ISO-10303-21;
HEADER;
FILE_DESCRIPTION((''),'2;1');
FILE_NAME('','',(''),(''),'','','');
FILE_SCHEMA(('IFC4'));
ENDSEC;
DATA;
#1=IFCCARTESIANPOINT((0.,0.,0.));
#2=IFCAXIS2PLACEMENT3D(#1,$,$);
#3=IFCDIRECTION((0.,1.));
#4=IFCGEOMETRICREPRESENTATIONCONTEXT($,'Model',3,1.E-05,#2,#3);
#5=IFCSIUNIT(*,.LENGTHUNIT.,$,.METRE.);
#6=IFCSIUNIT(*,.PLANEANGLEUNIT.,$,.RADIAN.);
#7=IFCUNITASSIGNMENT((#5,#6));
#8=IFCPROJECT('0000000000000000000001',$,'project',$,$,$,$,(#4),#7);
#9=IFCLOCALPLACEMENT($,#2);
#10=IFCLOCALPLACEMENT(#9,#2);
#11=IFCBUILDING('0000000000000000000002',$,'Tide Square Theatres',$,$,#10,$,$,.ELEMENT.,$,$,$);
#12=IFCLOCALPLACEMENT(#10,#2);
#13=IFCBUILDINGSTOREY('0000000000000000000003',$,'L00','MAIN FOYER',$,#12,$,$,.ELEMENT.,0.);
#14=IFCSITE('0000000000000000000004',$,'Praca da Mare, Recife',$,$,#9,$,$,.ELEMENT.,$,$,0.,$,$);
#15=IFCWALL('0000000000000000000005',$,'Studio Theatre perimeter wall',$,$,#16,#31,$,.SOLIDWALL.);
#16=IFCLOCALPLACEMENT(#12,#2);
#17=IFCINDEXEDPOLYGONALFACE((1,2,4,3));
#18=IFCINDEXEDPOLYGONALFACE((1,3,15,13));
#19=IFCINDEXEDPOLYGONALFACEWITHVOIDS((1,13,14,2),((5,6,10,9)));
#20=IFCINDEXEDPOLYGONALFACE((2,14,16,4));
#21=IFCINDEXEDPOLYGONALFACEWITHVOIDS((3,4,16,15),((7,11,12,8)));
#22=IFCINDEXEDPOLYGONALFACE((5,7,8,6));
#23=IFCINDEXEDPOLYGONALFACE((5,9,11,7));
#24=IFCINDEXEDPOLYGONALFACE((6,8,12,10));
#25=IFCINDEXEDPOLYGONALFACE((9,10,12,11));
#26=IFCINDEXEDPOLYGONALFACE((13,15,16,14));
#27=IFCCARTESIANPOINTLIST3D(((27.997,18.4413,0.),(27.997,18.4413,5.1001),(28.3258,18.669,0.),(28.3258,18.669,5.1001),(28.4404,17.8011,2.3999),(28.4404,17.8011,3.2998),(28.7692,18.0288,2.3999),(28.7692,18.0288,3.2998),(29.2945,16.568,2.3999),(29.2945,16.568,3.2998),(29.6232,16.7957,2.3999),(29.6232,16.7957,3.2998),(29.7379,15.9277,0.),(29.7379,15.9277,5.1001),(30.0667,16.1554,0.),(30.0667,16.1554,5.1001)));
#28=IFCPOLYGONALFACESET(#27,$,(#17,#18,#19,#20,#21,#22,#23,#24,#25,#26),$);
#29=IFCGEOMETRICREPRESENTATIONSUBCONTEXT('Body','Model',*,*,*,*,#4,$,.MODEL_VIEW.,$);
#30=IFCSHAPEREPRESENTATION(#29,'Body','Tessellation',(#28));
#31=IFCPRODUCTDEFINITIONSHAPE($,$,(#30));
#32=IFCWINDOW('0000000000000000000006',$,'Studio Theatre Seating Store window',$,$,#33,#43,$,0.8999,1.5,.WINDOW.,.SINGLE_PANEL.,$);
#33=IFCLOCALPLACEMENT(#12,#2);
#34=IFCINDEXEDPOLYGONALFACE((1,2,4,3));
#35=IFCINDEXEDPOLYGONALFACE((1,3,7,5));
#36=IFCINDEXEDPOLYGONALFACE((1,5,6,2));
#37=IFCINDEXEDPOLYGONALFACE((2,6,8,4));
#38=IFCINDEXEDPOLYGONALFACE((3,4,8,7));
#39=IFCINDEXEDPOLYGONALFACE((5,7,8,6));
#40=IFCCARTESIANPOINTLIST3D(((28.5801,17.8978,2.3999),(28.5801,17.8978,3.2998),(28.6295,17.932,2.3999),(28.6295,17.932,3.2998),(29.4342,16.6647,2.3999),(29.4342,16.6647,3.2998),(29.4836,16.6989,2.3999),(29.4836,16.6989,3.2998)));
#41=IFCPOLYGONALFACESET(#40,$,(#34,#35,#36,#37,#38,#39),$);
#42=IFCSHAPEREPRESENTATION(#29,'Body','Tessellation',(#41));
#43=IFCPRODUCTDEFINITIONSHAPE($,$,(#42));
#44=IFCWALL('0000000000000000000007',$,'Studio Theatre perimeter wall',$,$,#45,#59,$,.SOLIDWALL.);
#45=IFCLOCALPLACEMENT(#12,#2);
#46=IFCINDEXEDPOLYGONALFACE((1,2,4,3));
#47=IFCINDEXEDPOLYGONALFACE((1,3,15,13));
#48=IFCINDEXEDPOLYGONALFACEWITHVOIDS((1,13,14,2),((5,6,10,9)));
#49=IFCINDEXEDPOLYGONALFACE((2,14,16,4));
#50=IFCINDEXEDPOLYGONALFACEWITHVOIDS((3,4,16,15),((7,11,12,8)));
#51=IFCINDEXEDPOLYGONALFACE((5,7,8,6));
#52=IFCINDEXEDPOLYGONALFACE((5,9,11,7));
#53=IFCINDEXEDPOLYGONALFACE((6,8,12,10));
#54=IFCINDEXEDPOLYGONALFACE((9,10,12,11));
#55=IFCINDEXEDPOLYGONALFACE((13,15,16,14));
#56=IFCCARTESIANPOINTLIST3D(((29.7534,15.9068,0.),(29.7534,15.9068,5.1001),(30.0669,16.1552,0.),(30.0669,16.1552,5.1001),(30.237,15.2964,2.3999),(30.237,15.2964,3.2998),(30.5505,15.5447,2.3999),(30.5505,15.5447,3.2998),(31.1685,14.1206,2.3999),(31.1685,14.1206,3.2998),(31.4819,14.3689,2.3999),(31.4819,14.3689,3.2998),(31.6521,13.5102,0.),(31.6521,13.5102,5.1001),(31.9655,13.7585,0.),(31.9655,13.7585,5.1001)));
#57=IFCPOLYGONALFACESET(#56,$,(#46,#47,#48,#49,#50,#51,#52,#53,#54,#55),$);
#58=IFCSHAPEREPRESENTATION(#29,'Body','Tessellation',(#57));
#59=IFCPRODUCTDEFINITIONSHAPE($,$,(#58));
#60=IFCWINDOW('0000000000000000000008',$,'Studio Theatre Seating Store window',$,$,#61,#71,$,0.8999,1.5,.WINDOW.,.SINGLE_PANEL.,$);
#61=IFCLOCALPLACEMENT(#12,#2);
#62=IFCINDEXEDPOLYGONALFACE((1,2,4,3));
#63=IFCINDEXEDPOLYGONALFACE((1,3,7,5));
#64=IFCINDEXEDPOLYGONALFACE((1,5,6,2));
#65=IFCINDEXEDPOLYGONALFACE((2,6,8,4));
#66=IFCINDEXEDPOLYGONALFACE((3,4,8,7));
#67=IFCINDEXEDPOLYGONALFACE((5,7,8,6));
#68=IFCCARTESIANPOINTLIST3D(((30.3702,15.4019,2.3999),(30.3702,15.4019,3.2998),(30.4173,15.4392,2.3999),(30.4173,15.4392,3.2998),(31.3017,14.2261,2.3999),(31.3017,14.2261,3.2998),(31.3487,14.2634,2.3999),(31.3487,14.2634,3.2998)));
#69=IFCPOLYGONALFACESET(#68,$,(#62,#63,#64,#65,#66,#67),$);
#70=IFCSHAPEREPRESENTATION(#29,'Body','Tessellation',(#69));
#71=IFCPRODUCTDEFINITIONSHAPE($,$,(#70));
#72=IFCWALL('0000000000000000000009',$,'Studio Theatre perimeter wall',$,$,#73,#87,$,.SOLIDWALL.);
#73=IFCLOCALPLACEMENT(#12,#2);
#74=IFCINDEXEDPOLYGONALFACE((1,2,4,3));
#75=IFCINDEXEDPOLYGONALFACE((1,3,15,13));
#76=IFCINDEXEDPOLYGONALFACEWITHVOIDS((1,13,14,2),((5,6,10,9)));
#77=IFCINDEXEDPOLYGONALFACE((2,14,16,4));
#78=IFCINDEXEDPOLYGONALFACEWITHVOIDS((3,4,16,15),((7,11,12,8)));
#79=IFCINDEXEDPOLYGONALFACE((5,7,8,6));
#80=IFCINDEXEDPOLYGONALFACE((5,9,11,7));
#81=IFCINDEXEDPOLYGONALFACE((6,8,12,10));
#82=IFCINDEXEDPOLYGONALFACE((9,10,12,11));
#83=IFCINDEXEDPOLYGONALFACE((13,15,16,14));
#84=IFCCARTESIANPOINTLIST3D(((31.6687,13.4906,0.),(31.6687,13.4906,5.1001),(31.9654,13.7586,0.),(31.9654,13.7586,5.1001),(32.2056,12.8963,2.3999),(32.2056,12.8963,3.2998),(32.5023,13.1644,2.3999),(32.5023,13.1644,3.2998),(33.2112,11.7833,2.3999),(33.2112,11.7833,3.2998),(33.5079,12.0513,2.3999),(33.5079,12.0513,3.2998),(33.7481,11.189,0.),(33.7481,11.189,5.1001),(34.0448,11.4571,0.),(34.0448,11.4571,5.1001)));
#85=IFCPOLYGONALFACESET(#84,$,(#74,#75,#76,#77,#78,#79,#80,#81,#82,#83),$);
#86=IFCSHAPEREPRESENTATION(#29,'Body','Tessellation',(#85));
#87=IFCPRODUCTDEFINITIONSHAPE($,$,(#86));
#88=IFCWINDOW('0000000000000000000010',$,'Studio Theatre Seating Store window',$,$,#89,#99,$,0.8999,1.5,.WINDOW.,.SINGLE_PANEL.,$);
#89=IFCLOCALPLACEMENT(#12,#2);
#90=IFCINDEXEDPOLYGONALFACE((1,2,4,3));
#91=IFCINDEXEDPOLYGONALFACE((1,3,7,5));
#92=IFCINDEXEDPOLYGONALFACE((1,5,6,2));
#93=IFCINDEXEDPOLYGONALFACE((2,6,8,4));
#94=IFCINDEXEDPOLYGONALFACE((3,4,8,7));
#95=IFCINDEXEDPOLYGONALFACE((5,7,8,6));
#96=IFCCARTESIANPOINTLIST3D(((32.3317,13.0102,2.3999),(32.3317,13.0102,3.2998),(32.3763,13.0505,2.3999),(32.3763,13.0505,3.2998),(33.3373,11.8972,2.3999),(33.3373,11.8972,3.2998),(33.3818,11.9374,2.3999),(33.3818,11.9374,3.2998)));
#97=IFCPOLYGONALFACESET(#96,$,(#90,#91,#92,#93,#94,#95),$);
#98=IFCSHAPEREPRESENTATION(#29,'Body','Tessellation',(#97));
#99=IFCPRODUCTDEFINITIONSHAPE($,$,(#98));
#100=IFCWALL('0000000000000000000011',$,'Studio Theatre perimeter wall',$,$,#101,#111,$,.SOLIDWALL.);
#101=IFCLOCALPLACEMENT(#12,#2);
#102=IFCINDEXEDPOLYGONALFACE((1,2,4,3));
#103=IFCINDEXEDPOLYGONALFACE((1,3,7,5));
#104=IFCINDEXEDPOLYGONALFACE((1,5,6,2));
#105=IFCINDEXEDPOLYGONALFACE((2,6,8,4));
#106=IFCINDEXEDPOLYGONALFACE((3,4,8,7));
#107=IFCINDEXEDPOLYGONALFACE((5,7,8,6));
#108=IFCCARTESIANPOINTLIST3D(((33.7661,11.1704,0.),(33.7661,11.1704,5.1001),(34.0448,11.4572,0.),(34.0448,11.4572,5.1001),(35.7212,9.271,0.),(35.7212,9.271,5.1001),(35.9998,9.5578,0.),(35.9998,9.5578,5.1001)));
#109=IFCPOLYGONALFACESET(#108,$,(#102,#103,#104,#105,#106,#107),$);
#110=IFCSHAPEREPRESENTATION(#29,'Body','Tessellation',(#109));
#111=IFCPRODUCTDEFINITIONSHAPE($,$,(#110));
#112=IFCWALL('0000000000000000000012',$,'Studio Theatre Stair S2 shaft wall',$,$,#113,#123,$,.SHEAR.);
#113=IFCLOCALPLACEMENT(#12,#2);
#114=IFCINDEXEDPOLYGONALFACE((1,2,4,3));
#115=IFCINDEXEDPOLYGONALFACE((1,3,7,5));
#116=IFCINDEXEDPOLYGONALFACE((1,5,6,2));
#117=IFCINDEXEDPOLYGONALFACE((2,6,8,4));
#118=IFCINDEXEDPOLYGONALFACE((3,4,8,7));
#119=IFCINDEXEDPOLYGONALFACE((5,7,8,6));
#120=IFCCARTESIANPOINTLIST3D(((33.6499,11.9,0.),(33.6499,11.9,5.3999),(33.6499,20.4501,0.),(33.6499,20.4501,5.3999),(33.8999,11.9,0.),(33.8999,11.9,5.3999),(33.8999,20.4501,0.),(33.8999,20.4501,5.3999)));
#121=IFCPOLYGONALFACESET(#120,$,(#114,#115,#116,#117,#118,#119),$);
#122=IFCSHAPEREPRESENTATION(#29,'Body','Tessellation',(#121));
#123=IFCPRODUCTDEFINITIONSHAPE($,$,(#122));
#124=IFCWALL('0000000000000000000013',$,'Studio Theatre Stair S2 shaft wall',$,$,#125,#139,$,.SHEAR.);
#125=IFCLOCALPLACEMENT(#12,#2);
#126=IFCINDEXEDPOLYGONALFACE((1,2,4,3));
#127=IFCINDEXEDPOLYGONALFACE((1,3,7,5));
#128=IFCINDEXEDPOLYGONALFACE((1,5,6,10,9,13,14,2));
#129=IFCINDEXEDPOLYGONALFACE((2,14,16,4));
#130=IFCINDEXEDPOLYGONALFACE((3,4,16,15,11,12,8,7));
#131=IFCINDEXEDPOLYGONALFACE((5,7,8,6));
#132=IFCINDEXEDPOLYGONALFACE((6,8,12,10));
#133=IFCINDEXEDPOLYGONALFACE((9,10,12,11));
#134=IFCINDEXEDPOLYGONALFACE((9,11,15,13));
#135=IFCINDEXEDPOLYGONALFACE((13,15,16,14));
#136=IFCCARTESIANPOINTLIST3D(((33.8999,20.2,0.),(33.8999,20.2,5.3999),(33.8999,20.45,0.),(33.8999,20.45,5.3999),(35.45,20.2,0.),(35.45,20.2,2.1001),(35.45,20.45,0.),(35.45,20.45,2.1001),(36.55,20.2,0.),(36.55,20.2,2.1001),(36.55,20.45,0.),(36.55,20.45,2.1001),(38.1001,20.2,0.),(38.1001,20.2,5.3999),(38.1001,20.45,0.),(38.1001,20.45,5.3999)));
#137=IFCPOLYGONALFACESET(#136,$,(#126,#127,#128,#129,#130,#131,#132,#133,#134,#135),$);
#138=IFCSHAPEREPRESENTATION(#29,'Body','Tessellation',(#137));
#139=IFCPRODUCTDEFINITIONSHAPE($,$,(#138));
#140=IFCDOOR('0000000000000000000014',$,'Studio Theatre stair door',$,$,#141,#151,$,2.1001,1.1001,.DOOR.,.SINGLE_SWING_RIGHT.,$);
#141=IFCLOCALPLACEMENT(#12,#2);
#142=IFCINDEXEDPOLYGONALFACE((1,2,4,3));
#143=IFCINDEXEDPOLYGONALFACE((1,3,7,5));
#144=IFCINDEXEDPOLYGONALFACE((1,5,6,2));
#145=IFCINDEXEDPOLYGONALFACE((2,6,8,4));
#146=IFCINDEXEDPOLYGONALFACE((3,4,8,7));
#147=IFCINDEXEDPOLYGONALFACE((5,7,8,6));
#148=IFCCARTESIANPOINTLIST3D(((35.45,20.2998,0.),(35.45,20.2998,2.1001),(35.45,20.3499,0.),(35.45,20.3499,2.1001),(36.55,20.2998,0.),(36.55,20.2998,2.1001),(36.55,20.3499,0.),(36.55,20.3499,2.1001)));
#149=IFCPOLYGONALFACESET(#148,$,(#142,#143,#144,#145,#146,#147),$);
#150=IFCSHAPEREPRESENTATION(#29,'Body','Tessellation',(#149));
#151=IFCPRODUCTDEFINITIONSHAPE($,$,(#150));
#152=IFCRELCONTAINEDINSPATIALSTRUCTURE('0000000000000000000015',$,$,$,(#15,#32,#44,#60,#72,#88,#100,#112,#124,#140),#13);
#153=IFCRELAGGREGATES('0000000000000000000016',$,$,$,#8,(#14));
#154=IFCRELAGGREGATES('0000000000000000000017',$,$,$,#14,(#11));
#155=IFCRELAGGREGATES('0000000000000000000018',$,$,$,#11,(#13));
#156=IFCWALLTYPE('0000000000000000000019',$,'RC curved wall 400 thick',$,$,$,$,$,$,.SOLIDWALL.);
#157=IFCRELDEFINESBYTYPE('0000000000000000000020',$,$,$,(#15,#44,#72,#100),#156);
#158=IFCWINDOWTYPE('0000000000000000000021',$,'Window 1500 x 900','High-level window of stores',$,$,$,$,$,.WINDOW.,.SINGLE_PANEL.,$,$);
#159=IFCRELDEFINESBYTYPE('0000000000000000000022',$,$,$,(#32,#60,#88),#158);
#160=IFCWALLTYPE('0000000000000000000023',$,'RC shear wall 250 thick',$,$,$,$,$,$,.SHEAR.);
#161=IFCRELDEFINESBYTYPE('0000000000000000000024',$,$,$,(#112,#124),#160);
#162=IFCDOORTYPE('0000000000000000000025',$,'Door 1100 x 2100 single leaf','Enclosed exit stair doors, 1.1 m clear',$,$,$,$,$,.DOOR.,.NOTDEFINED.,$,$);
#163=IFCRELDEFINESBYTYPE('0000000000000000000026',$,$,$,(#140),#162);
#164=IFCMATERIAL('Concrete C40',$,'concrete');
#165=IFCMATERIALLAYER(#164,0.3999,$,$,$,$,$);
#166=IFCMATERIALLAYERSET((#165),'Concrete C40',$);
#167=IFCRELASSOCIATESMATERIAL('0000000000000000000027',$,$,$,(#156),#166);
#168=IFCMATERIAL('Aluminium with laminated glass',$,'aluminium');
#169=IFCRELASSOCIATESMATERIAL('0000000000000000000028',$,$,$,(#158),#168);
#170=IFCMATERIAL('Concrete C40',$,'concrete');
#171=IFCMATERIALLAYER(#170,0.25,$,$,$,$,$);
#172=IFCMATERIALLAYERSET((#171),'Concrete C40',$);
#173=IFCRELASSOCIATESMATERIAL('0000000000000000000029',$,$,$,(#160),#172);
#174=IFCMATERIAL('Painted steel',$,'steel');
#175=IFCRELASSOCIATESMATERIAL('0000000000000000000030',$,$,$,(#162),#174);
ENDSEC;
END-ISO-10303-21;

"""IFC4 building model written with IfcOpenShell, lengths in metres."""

from ifc_helpers import new_model, si_unit, direction, frame, frame_2d, origin, place, context, subcontext, project, spatial, rectangle, extrude, material, layer, layer_set, type_object, element, fill, save


model = new_model("IFC4")

# Units and contexts
model_context = context("Model", 3, precision=1e-05, world=origin(), true_north=direction((0.0, 1.0)))
body_context = subcontext(model_context, "Body", "Model", "MODEL_VIEW")
ifc_project = project(units=[si_unit("LENGTHUNIT", "METRE"), si_unit("PLANEANGLEUNIT", "RADIAN")], contexts=[model_context])

# Site, building, storey
site_placement = place(None, origin())
site = spatial("IfcSite", under=ifc_project, at=site_placement, Name="Praca da Mare, Recife", CompositionType="ELEMENT", RefElevation=0.0)
building_placement = place(site_placement, origin())
building = spatial("IfcBuilding", under=site, at=building_placement, Name="Tide Square Theatres", CompositionType="ELEMENT")
storey_placement = place(building_placement, origin())
storey = spatial("IfcBuildingStorey", under=building, at=storey_placement, Name="L00", Description="MAIN FOYER", CompositionType="ELEMENT", Elevation=0.0)

# Walls, openings, windows
ifc_material_1 = material(Name="Concrete C40", Category="concrete")
ifc_layer_1 = layer(ifc_material_1, 0.3999)
ifc_layer_set_1 = layer_set([ifc_layer_1], Name="Concrete C40")
wall_type_1 = type_object("IfcWallType", Name="RC curved wall 400 thick", PredefinedType="SOLIDWALL", material=ifc_layer_set_1)
wall_1_placement = place(storey_placement, frame((28.1614, 18.5552, 0.0), z_axis=(0.0, 0.0, 1.0), x_axis=(0.569372, -0.82208, 0.0)))
wall_1 = element("IfcWall", 1, at=wall_1_placement, inside=storey, type_object=wall_type_1, Name="Studio Theatre perimeter wall", PredefinedType="SOLIDWALL", context=body_context, shape_type="SweptSolid", body=[
    extrude(rectangle(XDim=3.0576, YDim=0.3999, at=frame_2d((1.5288, 0.0))), origin(), (0.0, 0.0, 1.0), 5.1001),
])
opening_1_placement = place(wall_1_placement, frame((0.7788, 0.0, 2.3999)))
opening_1 = element("IfcOpeningElement", 2, at=opening_1_placement, cuts=wall_1, PredefinedType="OPENING", context=body_context, shape_type="SweptSolid", body=[
    extrude(rectangle(XDim=1.5, YDim=0.8999, at=frame_2d((0.75, 0.45))), frame((0.0, 0.21, 0.0), z_axis=(0.0, -1.0, 0.0), x_axis=(1.0, 0.0, 0.0)), (0.0, 0.0, 1.0), 0.4199),
])
ifc_material_2 = material(Name="Aluminium with laminated glass", Category="aluminium")
window_type = type_object("IfcWindowType", Name="Window 1500 x 900", Description="High-level window of stores", PartitioningType="SINGLE_PANEL", PredefinedType="WINDOW", material=ifc_material_2)
window_1_placement = place(opening_1_placement, origin())
window_1 = element("IfcWindow", 3, at=window_1_placement, inside=storey, type_object=window_type, Name="Studio Theatre Seating Store window", OverallHeight=0.8999, OverallWidth=1.5, PartitioningType="SINGLE_PANEL", PredefinedType="WINDOW", context=body_context, shape_type="SweptSolid", body=[
    extrude(rectangle(XDim=1.5, YDim=0.8999, at=frame_2d((0.75, 0.45))), frame((0.0, 0.03, 0.0), z_axis=(0.0, -1.0, 0.0), x_axis=(1.0, 0.0, 0.0)), (0.0, 0.0, 1.0), 0.0601),
])
fill(opening_1, window_1)
wall_2_placement = place(storey_placement, frame((29.9102, 16.031, 0.0), z_axis=(0.0, 0.0, 1.0), x_axis=(0.620959, -0.783843, 0.0)))
wall_2 = element("IfcWall", 4, at=wall_2_placement, inside=storey, type_object=wall_type_1, Name="Studio Theatre perimeter wall", PredefinedType="SOLIDWALL", context=body_context, shape_type="SweptSolid", body=[
    extrude(rectangle(XDim=3.0576, YDim=0.3999, at=frame_2d((1.5288, 0.0))), origin(), (0.0, 0.0, 1.0), 5.1001),
])
opening_2_placement = place(wall_2_placement, frame((0.7788, 0.0, 2.3999)))
opening_2 = element("IfcOpeningElement", 5, at=opening_2_placement, cuts=wall_2, PredefinedType="OPENING", context=body_context, shape_type="SweptSolid", body=[
    extrude(rectangle(XDim=1.5, YDim=0.8999, at=frame_2d((0.75, 0.45))), frame((0.0, 0.21, 0.0), z_axis=(0.0, -1.0, 0.0), x_axis=(1.0, 0.0, 0.0)), (0.0, 0.0, 1.0), 0.4199),
])
window_2_placement = place(opening_2_placement, origin())
window_2 = element("IfcWindow", 6, at=window_2_placement, inside=storey, type_object=window_type, Name="Studio Theatre Seating Store window", OverallHeight=0.8999, OverallWidth=1.5, PartitioningType="SINGLE_PANEL", PredefinedType="WINDOW", context=body_context, shape_type="SweptSolid", body=[
    extrude(rectangle(XDim=1.5, YDim=0.8999, at=frame_2d((0.75, 0.45))), frame((0.0, 0.03, 0.0), z_axis=(0.0, -1.0, 0.0), x_axis=(1.0, 0.0, 0.0)), (0.0, 0.0, 1.0), 0.0601),
])
fill(opening_2, window_2)
wall_3_placement = place(storey_placement, frame((31.8171, 13.6245, 0.0), z_axis=(0.0, 0.0, 1.0), x_axis=(0.670386, -0.742013, 0.0)))
wall_3 = element("IfcWall", 7, at=wall_3_placement, inside=storey, type_object=wall_type_1, Name="Studio Theatre perimeter wall", PredefinedType="SOLIDWALL", context=body_context, shape_type="SweptSolid", body=[
    extrude(rectangle(XDim=3.1018, YDim=0.3999, at=frame_2d((1.5508, 0.0))), origin(), (0.0, 0.0, 1.0), 5.1001),
])
opening_3_placement = place(wall_3_placement, frame((0.8008, 0.0, 2.3999)))
opening_3 = element("IfcOpeningElement", 8, at=opening_3_placement, cuts=wall_3, PredefinedType="OPENING", context=body_context, shape_type="SweptSolid", body=[
    extrude(rectangle(XDim=1.5, YDim=0.8999, at=frame_2d((0.75, 0.45))), frame((0.0, 0.21, 0.0), z_axis=(0.0, -1.0, 0.0), x_axis=(1.0, 0.0, 0.0)), (0.0, 0.0, 1.0), 0.4199),
])
window_3_placement = place(opening_3_placement, origin())
window_3 = element("IfcWindow", 9, at=window_3_placement, inside=storey, type_object=window_type, Name="Studio Theatre Seating Store window", OverallHeight=0.8999, OverallWidth=1.5, PartitioningType="SINGLE_PANEL", PredefinedType="WINDOW", context=body_context, shape_type="SweptSolid", body=[
    extrude(rectangle(XDim=1.5, YDim=0.8999, at=frame_2d((0.75, 0.45))), frame((0.0, 0.03, 0.0), z_axis=(0.0, -1.0, 0.0), x_axis=(1.0, 0.0, 0.0)), (0.0, 0.0, 1.0), 0.0601),
])
fill(opening_3, window_3)

# Walls
wall_4_placement = place(storey_placement, frame((33.9055, 11.3137, 0.0), z_axis=(0.0, 0.0, 1.0), x_axis=(0.717244, -0.696823, 0.0)))
element("IfcWall", 10, at=wall_4_placement, inside=storey, type_object=wall_type_1, Name="Studio Theatre perimeter wall", PredefinedType="SOLIDWALL", context=body_context, shape_type="SweptSolid", body=[
    extrude(rectangle(XDim=2.7258, YDim=0.3999, at=frame_2d((1.3628, 0.0))), origin(), (0.0, 0.0, 1.0), 5.1001),
])
ifc_material_3 = material(Name="Concrete C40", Category="concrete")
ifc_layer_2 = layer(ifc_material_3, 0.25)
ifc_layer_set_2 = layer_set([ifc_layer_2], Name="Concrete C40")
wall_type_2 = type_object("IfcWallType", Name="RC shear wall 250 thick", PredefinedType="SHEAR", material=ifc_layer_set_2)
wall_5_placement = place(storey_placement, frame((33.7749, 20.45, 0.0), z_axis=(0.0, 0.0, 1.0), x_axis=(0.0, -1.0, 0.0)))
element("IfcWall", 11, at=wall_5_placement, inside=storey, type_object=wall_type_2, Name="Studio Theatre Stair S2 shaft wall", PredefinedType="SHEAR", context=body_context, shape_type="SweptSolid", body=[
    extrude(rectangle(XDim=8.55, YDim=0.25, at=frame_2d((4.2749, 0.0))), origin(), (0.0, 0.0, 1.0), 5.3999),
])

# Wall, opening, door
wall_6_placement = place(storey_placement, frame((33.8999, 20.325, 0.0), z_axis=(0.0, 0.0, 1.0), x_axis=(1.0, 0.0, 0.0)))
wall_6 = element("IfcWall", 12, at=wall_6_placement, inside=storey, type_object=wall_type_2, Name="Studio Theatre Stair S2 shaft wall", PredefinedType="SHEAR", context=body_context, shape_type="SweptSolid", body=[
    extrude(rectangle(XDim=4.2002, YDim=0.25, at=frame_2d((2.1001, 0.0))), origin(), (0.0, 0.0, 1.0), 5.3999),
])
opening_4_placement = place(wall_6_placement, frame((1.55, 0.0, 0.0)))
opening_4 = element("IfcOpeningElement", 13, at=opening_4_placement, cuts=wall_6, PredefinedType="OPENING", context=body_context, shape_type="SweptSolid", body=[
    extrude(rectangle(XDim=1.1001, YDim=2.1001, at=frame_2d((0.55, 1.05))), frame((0.0, 0.135, 0.0), z_axis=(0.0, -1.0, 0.0), x_axis=(1.0, 0.0, 0.0)), (0.0, 0.0, 1.0), 0.27),
])
ifc_material_4 = material(Name="Painted steel", Category="steel")
door_type = type_object("IfcDoorType", Name="Door 1100 x 2100 single leaf", Description="Enclosed exit stair doors, 1.1 m clear", OperationType="NOTDEFINED", PredefinedType="DOOR", material=ifc_material_4)
door_placement = place(opening_4_placement, origin())
door = element("IfcDoor", 14, at=door_placement, inside=storey, type_object=door_type, Name="Studio Theatre stair door", OperationType="SINGLE_SWING_RIGHT", OverallHeight=2.1001, OverallWidth=1.1001, PredefinedType="DOOR", context=body_context, shape_type="SweptSolid", body=[
    extrude(rectangle(XDim=1.1001, YDim=2.1001, at=frame_2d((0.55, 1.05))), frame((0.0, 0.0249, 0.0), z_axis=(0.0, -1.0, 0.0), x_axis=(1.0, 0.0, 0.0)), (0.0, 0.0, 1.0), 0.05),
])
fill(opening_4, door)

save(model, "model.ifc")
